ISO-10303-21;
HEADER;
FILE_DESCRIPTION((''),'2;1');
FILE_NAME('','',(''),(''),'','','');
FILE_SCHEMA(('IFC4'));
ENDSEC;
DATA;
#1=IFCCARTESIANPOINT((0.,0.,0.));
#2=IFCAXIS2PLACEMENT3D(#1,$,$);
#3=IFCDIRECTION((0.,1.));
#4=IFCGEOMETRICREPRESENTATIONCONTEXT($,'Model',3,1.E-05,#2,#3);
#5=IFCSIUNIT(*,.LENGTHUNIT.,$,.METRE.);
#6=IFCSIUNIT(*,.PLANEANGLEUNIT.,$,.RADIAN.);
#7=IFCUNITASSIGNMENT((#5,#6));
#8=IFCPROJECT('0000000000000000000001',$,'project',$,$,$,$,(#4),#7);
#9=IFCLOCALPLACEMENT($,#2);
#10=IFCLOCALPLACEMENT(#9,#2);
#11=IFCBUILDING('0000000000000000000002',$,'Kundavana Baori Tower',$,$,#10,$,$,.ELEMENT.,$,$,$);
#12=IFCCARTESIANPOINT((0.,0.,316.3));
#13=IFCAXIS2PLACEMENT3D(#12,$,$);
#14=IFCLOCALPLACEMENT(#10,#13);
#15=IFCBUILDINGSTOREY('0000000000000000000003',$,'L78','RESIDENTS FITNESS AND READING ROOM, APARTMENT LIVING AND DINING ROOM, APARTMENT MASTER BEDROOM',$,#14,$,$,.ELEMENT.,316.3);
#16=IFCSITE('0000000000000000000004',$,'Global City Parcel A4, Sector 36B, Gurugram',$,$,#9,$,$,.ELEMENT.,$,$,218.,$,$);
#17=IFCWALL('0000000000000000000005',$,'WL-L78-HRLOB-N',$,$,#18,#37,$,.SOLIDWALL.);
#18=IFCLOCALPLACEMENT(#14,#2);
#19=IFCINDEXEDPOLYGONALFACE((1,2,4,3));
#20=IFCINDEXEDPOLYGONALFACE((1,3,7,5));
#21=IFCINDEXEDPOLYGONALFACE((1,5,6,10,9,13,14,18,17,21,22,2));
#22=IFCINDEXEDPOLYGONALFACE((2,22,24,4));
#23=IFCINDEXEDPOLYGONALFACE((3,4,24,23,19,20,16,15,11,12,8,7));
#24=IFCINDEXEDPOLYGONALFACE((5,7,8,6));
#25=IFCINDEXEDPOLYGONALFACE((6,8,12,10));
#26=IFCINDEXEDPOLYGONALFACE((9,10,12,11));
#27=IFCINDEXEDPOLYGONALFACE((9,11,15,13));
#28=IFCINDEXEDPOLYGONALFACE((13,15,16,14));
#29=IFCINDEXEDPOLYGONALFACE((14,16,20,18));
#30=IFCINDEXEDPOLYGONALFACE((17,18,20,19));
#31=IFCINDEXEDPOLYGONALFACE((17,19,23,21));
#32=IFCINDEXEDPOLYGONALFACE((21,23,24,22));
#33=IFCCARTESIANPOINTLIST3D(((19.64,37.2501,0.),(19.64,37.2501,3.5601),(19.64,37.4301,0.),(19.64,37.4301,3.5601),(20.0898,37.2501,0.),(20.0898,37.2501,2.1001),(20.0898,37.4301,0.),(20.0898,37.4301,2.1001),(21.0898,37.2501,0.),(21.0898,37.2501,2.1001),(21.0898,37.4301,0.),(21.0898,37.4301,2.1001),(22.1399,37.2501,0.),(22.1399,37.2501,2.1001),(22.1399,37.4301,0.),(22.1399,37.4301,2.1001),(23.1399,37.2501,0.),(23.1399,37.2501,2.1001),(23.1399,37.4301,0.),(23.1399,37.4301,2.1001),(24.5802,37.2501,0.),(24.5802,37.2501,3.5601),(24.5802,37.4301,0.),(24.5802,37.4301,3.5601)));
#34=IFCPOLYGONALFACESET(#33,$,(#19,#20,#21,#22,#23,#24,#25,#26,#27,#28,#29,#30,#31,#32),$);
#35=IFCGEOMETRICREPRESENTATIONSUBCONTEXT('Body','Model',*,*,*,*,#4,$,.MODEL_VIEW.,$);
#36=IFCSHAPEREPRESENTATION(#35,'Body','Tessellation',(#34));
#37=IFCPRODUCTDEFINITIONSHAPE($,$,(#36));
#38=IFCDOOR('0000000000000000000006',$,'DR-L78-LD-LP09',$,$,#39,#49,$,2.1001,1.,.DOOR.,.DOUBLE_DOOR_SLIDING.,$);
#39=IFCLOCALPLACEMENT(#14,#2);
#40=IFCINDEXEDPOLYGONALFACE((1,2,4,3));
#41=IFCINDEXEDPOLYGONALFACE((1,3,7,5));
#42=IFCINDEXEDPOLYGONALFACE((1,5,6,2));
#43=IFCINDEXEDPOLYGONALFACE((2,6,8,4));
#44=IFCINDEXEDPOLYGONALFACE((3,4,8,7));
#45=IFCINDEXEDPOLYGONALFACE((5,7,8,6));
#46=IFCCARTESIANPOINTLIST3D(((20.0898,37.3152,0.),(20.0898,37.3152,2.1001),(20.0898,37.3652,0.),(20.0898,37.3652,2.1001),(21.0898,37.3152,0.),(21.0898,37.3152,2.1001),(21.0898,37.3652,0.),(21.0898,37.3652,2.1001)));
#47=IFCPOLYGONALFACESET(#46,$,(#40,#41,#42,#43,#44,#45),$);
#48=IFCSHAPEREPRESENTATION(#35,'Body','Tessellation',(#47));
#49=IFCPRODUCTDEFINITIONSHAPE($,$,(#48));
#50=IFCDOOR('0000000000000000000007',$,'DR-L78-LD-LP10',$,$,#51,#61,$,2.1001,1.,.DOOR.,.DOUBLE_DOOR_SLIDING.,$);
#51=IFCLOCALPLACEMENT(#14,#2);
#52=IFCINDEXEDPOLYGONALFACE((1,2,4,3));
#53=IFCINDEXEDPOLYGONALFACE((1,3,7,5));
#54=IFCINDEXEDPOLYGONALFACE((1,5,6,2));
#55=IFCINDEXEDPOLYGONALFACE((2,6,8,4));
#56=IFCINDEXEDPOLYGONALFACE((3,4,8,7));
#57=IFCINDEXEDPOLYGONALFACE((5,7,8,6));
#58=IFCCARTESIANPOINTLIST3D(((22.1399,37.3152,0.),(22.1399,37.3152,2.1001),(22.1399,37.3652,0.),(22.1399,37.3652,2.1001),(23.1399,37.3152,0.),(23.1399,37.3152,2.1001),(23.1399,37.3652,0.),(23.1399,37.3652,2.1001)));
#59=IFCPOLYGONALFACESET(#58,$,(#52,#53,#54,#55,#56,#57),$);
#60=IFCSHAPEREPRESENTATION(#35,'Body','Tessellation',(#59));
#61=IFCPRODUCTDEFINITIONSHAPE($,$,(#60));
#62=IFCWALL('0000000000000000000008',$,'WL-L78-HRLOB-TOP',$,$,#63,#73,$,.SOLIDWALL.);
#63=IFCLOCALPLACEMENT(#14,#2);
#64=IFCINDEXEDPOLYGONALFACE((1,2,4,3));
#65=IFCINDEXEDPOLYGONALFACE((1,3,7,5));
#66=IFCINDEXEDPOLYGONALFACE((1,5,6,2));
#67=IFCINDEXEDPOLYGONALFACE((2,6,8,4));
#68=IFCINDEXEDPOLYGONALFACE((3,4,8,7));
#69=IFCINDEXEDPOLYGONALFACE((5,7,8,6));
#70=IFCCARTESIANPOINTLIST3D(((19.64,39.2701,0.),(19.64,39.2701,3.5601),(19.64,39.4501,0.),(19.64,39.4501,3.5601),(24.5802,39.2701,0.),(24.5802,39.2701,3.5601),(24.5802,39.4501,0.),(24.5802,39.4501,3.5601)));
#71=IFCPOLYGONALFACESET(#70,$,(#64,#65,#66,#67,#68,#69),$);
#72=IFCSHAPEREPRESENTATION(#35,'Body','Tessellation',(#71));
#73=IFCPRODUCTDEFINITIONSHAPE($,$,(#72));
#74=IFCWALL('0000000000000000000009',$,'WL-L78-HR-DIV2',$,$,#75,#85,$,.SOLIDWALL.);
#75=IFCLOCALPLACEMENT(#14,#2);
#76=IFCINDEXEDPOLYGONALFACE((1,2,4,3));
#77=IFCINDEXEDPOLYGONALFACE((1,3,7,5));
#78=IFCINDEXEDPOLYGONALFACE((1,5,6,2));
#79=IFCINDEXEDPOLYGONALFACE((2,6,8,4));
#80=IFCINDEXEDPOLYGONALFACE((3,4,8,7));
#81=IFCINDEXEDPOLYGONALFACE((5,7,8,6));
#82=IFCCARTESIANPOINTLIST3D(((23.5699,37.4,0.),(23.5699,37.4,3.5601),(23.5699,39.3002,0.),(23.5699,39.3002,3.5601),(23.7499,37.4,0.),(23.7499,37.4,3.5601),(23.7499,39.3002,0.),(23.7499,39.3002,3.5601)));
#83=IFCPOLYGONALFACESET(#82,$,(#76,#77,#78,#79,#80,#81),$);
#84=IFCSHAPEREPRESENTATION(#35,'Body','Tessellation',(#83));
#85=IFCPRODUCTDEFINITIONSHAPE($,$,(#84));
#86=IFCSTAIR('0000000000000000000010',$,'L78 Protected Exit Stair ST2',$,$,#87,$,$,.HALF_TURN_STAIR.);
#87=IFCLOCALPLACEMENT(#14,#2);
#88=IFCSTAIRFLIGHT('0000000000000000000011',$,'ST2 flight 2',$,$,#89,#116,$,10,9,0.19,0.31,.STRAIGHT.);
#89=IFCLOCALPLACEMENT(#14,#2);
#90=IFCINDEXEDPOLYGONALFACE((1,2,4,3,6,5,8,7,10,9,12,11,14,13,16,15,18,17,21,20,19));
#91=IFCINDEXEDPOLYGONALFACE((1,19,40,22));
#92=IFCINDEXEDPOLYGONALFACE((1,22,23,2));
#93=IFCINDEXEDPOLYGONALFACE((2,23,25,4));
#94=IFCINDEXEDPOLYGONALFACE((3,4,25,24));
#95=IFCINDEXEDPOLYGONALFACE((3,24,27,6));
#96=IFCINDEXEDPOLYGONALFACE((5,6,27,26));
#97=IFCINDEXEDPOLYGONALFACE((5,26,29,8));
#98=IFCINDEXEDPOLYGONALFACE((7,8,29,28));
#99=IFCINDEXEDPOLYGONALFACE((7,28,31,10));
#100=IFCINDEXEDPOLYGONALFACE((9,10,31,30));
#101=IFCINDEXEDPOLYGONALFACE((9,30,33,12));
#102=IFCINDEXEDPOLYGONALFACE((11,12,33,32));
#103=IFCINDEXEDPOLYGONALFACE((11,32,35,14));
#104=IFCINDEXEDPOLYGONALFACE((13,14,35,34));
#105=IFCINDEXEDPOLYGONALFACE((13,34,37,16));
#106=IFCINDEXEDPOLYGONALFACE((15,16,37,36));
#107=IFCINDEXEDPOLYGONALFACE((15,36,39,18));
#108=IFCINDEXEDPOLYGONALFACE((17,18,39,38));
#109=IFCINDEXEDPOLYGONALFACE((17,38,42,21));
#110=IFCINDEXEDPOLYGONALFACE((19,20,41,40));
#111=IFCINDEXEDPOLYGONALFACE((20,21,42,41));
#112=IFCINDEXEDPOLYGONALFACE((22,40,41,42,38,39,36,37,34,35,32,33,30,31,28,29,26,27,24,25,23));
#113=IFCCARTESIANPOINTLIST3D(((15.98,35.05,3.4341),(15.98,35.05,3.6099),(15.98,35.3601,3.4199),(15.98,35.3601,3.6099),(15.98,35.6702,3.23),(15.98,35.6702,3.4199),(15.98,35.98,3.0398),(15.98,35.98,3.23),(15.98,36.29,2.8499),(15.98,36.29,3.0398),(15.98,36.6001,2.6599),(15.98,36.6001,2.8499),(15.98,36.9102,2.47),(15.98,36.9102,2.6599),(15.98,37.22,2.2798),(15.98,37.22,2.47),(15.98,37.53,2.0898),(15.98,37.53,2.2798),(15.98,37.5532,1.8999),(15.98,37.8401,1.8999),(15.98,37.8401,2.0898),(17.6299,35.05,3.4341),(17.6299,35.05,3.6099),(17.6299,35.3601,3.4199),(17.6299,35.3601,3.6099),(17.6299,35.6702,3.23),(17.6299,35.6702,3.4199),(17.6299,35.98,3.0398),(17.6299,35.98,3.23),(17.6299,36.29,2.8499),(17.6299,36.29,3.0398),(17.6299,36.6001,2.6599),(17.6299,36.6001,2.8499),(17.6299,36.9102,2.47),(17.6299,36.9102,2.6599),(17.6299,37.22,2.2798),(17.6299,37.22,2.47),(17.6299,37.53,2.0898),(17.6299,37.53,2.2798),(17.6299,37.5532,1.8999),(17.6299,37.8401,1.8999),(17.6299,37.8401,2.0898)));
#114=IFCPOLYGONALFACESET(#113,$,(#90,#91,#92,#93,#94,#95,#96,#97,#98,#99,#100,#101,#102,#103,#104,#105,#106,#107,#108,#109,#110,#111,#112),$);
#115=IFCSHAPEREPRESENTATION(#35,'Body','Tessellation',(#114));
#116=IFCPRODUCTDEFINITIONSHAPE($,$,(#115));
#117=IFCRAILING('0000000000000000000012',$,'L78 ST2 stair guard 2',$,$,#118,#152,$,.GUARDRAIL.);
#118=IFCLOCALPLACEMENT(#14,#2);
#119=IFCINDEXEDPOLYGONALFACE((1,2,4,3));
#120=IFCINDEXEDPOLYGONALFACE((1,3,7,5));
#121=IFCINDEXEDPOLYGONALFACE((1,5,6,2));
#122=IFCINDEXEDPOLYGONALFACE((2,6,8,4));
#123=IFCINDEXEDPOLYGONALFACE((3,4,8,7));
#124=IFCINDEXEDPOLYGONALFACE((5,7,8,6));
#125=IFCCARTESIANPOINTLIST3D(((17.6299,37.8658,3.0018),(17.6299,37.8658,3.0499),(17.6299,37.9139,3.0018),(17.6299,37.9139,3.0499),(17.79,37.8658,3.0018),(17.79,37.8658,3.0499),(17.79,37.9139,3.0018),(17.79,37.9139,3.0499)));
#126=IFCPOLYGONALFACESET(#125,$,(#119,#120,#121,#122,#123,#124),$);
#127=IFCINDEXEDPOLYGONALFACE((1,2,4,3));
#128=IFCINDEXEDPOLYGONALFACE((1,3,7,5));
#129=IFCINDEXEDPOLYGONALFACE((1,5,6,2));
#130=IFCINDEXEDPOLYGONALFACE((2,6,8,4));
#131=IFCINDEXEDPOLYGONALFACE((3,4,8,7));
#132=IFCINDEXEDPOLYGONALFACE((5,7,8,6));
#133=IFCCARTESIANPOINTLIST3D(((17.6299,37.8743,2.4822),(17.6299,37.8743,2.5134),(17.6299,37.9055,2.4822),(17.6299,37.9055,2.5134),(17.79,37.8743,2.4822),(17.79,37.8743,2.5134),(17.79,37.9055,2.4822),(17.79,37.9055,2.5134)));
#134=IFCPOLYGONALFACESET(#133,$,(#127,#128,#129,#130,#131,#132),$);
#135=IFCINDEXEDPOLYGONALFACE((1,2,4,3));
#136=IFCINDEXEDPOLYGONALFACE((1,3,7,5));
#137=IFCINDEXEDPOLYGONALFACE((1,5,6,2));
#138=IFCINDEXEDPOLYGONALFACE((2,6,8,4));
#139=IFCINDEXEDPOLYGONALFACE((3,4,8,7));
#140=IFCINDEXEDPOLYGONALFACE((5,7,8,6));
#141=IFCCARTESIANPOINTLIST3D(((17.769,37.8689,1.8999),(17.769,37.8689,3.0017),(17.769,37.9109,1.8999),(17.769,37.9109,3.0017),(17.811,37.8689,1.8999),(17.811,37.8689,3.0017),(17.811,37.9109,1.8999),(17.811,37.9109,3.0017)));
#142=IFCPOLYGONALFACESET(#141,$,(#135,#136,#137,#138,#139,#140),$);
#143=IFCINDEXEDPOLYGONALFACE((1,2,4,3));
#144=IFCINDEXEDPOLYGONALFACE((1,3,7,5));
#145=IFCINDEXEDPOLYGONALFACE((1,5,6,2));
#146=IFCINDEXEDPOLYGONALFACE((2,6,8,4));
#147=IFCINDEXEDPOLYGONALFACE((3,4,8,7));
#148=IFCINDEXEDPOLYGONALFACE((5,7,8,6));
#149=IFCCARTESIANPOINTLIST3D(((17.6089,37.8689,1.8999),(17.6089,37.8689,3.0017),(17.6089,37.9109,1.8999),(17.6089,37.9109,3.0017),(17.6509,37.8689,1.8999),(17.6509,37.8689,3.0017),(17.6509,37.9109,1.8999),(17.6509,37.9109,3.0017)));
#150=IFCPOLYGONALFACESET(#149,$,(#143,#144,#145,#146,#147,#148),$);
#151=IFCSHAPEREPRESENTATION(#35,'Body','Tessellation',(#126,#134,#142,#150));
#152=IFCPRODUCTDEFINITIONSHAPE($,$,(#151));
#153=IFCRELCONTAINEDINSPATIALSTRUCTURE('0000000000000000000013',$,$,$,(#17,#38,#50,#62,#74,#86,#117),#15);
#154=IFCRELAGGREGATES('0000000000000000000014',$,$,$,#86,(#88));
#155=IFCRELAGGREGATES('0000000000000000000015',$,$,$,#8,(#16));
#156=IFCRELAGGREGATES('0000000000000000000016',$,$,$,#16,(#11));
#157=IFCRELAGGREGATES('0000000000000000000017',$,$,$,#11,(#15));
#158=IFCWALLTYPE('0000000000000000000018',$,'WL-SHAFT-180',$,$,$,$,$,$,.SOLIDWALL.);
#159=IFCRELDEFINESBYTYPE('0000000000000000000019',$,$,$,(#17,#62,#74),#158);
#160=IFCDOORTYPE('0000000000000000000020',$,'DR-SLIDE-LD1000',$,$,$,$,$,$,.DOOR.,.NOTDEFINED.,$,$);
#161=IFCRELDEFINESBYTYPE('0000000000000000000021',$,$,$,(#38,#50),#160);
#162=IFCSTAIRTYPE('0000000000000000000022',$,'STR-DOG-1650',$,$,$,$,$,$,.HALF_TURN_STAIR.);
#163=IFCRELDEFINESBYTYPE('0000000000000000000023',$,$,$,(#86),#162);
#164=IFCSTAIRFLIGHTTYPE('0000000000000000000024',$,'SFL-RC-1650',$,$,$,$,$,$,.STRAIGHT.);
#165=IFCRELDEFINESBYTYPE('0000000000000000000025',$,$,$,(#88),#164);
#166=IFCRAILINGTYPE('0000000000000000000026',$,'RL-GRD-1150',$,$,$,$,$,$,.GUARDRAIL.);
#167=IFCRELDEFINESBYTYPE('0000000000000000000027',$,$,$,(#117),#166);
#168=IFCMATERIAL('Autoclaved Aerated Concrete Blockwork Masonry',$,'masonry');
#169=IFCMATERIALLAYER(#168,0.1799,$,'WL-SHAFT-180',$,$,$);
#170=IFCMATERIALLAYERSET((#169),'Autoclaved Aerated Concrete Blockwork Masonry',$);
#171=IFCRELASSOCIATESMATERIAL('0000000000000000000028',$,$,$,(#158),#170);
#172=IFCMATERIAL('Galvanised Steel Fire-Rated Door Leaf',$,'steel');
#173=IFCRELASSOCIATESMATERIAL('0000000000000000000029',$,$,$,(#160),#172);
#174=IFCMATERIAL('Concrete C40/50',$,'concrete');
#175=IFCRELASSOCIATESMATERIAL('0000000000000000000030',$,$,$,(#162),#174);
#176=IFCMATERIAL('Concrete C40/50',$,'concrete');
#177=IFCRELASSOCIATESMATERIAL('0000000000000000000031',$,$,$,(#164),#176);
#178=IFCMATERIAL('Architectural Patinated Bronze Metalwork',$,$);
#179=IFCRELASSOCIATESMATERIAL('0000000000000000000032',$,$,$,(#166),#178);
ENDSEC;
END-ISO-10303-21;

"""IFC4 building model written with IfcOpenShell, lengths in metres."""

from ifc_helpers import new_model, si_unit, direction, frame, frame_2d, origin, origin_2d, place, context, subcontext, project, spatial, polyline, rectangle, outline, extrude, material, layer, layer_set, type_object, element, fill, aggregate, save


model = new_model("IFC4")

# Units and contexts
model_context = context("Model", 3, precision=1e-05, world=origin(), true_north=direction((0.0, 1.0)))
body_context = subcontext(model_context, "Body", "Model", "MODEL_VIEW")
ifc_project = project(units=[si_unit("LENGTHUNIT", "METRE"), si_unit("PLANEANGLEUNIT", "RADIAN")], contexts=[model_context])

# Site, building, storey
site_placement = place(None, origin())
site = spatial("IfcSite", under=ifc_project, at=site_placement, Name="Global City Parcel A4, Sector 36B, Gurugram", CompositionType="ELEMENT", RefElevation=218.0)
building_placement = place(site_placement, origin())
building = spatial("IfcBuilding", under=site, at=building_placement, Name="Kundavana Baori Tower", CompositionType="ELEMENT")
storey_placement = place(building_placement, frame((0.0, 0.0, 316.3)))
storey = spatial("IfcBuildingStorey", under=building, at=storey_placement, Name="L78", Description="RESIDENTS FITNESS AND READING ROOM, APARTMENT LIVING AND DINING ROOM, APARTMENT MASTER BEDROOM", CompositionType="ELEMENT", Elevation=316.3)

# Wall, openings, doors
ifc_material_1 = material(Name="Autoclaved Aerated Concrete Blockwork Masonry", Category="masonry")
ifc_layer_1 = layer(ifc_material_1, 0.1799, Name="WL-SHAFT-180")
ifc_layer_set_1 = layer_set([ifc_layer_1], Name="Autoclaved Aerated Concrete Blockwork Masonry")
wall_type_1 = type_object("IfcWallType", Name="WL-SHAFT-180", PredefinedType="SOLIDWALL", material=ifc_layer_set_1)
wall_1_placement = place(storey_placement, frame((19.6399, 37.3401, 0.0), z_axis=(0.0, 0.0, 1.0), x_axis=(1.0, 0.0, 0.0)))
wall_1 = element("IfcWall", 1, at=wall_1_placement, inside=storey, type_object=wall_type_1, Name="WL-L78-HRLOB-N", PredefinedType="SOLIDWALL", context=body_context, shape_type="SweptSolid", body=[
    extrude(rectangle(XDim=4.9402, YDim=0.1799, at=frame_2d((2.4702, 0.0))), origin(), (0.0, 0.0, 1.0), 3.5601),
])
opening_1_placement = place(wall_1_placement, frame((0.45, 0.0, 0.0)))
opening_1 = element("IfcOpeningElement", 2, at=opening_1_placement, cuts=wall_1, PredefinedType="OPENING", context=body_context, shape_type="SweptSolid", body=[
    extrude(rectangle(XDim=1.0, YDim=2.1001, at=frame_2d((0.5, 1.05))), frame((0.0, 0.1001, 0.0), z_axis=(0.0, -1.0, 0.0), x_axis=(1.0, 0.0, 0.0)), (0.0, 0.0, 1.0), 0.2),
])
opening_2_placement = place(wall_1_placement, frame((2.5, 0.0, 0.0)))
opening_2 = element("IfcOpeningElement", 3, at=opening_2_placement, cuts=wall_1, PredefinedType="OPENING", context=body_context, shape_type="SweptSolid", body=[
    extrude(rectangle(XDim=1.0, YDim=2.1001, at=frame_2d((0.5, 1.05))), frame((0.0, 0.1001, 0.0), z_axis=(0.0, -1.0, 0.0), x_axis=(1.0, 0.0, 0.0)), (0.0, 0.0, 1.0), 0.2),
])
ifc_material_2 = material(Name="Galvanised Steel Fire-Rated Door Leaf", Category="steel")
door_type = type_object("IfcDoorType", Name="DR-SLIDE-LD1000", OperationType="NOTDEFINED", PredefinedType="DOOR", material=ifc_material_2)
door_1_placement = place(opening_1_placement, frame((1.0, 0.0, 0.0), z_axis=(0.0, 0.0, 1.0), x_axis=(-1.0, 0.0, 0.0)))
door_1 = element("IfcDoor", 4, at=door_1_placement, inside=storey, type_object=door_type, Name="DR-L78-LD-LP09", OperationType="DOUBLE_DOOR_SLIDING", OverallHeight=2.1001, OverallWidth=1.0, PredefinedType="DOOR", context=body_context, shape_type="SweptSolid", body=[
    extrude(rectangle(XDim=1.0, YDim=2.1001, at=frame_2d((0.5, 1.05))), frame((0.0, 0.0249, 0.0), z_axis=(0.0, -1.0, 0.0), x_axis=(1.0, 0.0, 0.0)), (0.0, 0.0, 1.0), 0.05),
])
fill(opening_1, door_1)
door_2_placement = place(opening_2_placement, frame((1.0, 0.0, 0.0), z_axis=(0.0, 0.0, 1.0), x_axis=(-1.0, 0.0, 0.0)))
door_2 = element("IfcDoor", 5, at=door_2_placement, inside=storey, type_object=door_type, Name="DR-L78-LD-LP10", OperationType="DOUBLE_DOOR_SLIDING", OverallHeight=2.1001, OverallWidth=1.0, PredefinedType="DOOR", context=body_context, shape_type="SweptSolid", body=[
    extrude(rectangle(XDim=1.0, YDim=2.1001, at=frame_2d((0.5, 1.05))), frame((0.0, 0.0249, 0.0), z_axis=(0.0, -1.0, 0.0), x_axis=(1.0, 0.0, 0.0)), (0.0, 0.0, 1.0), 0.05),
])
fill(opening_2, door_2)

# Walls
wall_2_placement = place(storey_placement, frame((19.6399, 39.3601, 0.0), z_axis=(0.0, 0.0, 1.0), x_axis=(1.0, 0.0, 0.0)))
element("IfcWall", 6, at=wall_2_placement, inside=storey, type_object=wall_type_1, Name="WL-L78-HRLOB-TOP", PredefinedType="SOLIDWALL", context=body_context, shape_type="SweptSolid", body=[
    extrude(rectangle(XDim=4.9402, YDim=0.1799, at=frame_2d((2.4702, 0.0))), origin(), (0.0, 0.0, 1.0), 3.5601),
])
wall_3_placement = place(storey_placement, frame((23.6599, 37.3999, 0.0), z_axis=(0.0, 0.0, 1.0), x_axis=(0.0, 1.0, 0.0)))
element("IfcWall", 7, at=wall_3_placement, inside=storey, type_object=wall_type_1, Name="WL-L78-HR-DIV2", PredefinedType="SOLIDWALL", context=body_context, shape_type="SweptSolid", body=[
    extrude(rectangle(XDim=1.9001, YDim=0.1799, at=frame_2d((0.9502, 0.0))), origin(), (0.0, 0.0, 1.0), 3.5601),
])

# Stair, stair flight
ifc_material_3 = material(Name="Concrete C40/50", Category="concrete")
stair_type = type_object("IfcStairType", Name="STR-DOG-1650", PredefinedType="HALF_TURN_STAIR", material=ifc_material_3)
stair_placement = place(storey_placement, origin())
stair = element("IfcStair", 8, at=stair_placement, inside=storey, type_object=stair_type, Name="L78 Protected Exit Stair ST2", PredefinedType="HALF_TURN_STAIR")
ifc_material_4 = material(Name="Concrete C40/50", Category="concrete")
stair_flight_type = type_object("IfcStairFlightType", Name="SFL-RC-1650", PredefinedType="STRAIGHT", material=ifc_material_4)
stair_flight_placement = place(storey_placement, frame((16.8049, 37.8401, 1.8999), z_axis=(0.0, 0.0, 1.0), x_axis=(0.0, -1.0, 0.0)))
stair_flight = element("IfcStairFlight", 9, at=stair_flight_placement, type_object=stair_flight_type, Name="ST2 flight 2", NumberOfRisers=10, NumberOfTreads=9, PredefinedType="STRAIGHT", RiserHeight=0.19, TreadLength=0.31, context=body_context, shape_type="SweptSolid", body=[
    extrude(outline(polyline([(0.0, 0.0), (0.0, 0.1899), (0.3101, 0.1899), (0.3101, 0.3799), (0.6201, 0.3799), (0.6201, 0.5701), (0.9299, 0.5701), (0.9299, 0.76), (1.24, 0.76), (1.24, 0.95), (1.55, 0.95), (1.55, 1.1399), (1.8601, 1.1399), (1.8601, 1.3301), (2.1699, 1.3301), (2.1699, 1.52), (2.48, 1.52), (2.48, 1.71), (2.79, 1.71), (2.79, 1.8999), (2.79, 1.5342), (0.2869, 0.0), (0.0, 0.0)])), frame((0.0, 0.825, 0.0), z_axis=(0.0, -1.0, 0.0), x_axis=(1.0, 0.0, 0.0)), (0.0, 0.0, 1.0), 1.6499),
])
aggregate(stair, [stair_flight])

# Railing
ifc_material_5 = material(Name="Architectural Patinated Bronze Metalwork")
railing_type_1 = type_object("IfcRailingType", Name="RL-GRD-1150", PredefinedType="GUARDRAIL", material=ifc_material_5)
railing_1_placement = place(storey_placement, frame((17.79, 37.8899, 1.8999)))
element("IfcRailing", 10, at=railing_1_placement, inside=storey, type_object=railing_type_1, Name="L78 ST2 stair guard 2", PredefinedType="GUARDRAIL", context=body_context, shape_type="SweptSolid", body=[
    extrude(rectangle(XDim=0.0481, YDim=0.0481, at=origin_2d()), frame((0.0, 0.0, 1.126), z_axis=(-1.0, 0.0, 0.0), x_axis=(0.0, -1.0, 0.0)), (0.0, 0.0, 1.0), 0.1602),
    extrude(rectangle(XDim=0.0312, YDim=0.0312, at=origin_2d()), frame((0.0, 0.0, 0.5979), z_axis=(-1.0, 0.0, 0.0), x_axis=(0.0, -1.0, 0.0)), (0.0, 0.0, 1.0), 0.1602),
    extrude(rectangle(XDim=0.042, YDim=0.042, at=origin_2d()), origin(), (0.0, 0.0, 1.0), 1.1018),
    extrude(rectangle(XDim=0.042, YDim=0.042, at=origin_2d()), frame((-0.1602, 0.0, 0.0)), (0.0, 0.0, 1.0), 1.1018),
])

save(model, "model.ifc")
